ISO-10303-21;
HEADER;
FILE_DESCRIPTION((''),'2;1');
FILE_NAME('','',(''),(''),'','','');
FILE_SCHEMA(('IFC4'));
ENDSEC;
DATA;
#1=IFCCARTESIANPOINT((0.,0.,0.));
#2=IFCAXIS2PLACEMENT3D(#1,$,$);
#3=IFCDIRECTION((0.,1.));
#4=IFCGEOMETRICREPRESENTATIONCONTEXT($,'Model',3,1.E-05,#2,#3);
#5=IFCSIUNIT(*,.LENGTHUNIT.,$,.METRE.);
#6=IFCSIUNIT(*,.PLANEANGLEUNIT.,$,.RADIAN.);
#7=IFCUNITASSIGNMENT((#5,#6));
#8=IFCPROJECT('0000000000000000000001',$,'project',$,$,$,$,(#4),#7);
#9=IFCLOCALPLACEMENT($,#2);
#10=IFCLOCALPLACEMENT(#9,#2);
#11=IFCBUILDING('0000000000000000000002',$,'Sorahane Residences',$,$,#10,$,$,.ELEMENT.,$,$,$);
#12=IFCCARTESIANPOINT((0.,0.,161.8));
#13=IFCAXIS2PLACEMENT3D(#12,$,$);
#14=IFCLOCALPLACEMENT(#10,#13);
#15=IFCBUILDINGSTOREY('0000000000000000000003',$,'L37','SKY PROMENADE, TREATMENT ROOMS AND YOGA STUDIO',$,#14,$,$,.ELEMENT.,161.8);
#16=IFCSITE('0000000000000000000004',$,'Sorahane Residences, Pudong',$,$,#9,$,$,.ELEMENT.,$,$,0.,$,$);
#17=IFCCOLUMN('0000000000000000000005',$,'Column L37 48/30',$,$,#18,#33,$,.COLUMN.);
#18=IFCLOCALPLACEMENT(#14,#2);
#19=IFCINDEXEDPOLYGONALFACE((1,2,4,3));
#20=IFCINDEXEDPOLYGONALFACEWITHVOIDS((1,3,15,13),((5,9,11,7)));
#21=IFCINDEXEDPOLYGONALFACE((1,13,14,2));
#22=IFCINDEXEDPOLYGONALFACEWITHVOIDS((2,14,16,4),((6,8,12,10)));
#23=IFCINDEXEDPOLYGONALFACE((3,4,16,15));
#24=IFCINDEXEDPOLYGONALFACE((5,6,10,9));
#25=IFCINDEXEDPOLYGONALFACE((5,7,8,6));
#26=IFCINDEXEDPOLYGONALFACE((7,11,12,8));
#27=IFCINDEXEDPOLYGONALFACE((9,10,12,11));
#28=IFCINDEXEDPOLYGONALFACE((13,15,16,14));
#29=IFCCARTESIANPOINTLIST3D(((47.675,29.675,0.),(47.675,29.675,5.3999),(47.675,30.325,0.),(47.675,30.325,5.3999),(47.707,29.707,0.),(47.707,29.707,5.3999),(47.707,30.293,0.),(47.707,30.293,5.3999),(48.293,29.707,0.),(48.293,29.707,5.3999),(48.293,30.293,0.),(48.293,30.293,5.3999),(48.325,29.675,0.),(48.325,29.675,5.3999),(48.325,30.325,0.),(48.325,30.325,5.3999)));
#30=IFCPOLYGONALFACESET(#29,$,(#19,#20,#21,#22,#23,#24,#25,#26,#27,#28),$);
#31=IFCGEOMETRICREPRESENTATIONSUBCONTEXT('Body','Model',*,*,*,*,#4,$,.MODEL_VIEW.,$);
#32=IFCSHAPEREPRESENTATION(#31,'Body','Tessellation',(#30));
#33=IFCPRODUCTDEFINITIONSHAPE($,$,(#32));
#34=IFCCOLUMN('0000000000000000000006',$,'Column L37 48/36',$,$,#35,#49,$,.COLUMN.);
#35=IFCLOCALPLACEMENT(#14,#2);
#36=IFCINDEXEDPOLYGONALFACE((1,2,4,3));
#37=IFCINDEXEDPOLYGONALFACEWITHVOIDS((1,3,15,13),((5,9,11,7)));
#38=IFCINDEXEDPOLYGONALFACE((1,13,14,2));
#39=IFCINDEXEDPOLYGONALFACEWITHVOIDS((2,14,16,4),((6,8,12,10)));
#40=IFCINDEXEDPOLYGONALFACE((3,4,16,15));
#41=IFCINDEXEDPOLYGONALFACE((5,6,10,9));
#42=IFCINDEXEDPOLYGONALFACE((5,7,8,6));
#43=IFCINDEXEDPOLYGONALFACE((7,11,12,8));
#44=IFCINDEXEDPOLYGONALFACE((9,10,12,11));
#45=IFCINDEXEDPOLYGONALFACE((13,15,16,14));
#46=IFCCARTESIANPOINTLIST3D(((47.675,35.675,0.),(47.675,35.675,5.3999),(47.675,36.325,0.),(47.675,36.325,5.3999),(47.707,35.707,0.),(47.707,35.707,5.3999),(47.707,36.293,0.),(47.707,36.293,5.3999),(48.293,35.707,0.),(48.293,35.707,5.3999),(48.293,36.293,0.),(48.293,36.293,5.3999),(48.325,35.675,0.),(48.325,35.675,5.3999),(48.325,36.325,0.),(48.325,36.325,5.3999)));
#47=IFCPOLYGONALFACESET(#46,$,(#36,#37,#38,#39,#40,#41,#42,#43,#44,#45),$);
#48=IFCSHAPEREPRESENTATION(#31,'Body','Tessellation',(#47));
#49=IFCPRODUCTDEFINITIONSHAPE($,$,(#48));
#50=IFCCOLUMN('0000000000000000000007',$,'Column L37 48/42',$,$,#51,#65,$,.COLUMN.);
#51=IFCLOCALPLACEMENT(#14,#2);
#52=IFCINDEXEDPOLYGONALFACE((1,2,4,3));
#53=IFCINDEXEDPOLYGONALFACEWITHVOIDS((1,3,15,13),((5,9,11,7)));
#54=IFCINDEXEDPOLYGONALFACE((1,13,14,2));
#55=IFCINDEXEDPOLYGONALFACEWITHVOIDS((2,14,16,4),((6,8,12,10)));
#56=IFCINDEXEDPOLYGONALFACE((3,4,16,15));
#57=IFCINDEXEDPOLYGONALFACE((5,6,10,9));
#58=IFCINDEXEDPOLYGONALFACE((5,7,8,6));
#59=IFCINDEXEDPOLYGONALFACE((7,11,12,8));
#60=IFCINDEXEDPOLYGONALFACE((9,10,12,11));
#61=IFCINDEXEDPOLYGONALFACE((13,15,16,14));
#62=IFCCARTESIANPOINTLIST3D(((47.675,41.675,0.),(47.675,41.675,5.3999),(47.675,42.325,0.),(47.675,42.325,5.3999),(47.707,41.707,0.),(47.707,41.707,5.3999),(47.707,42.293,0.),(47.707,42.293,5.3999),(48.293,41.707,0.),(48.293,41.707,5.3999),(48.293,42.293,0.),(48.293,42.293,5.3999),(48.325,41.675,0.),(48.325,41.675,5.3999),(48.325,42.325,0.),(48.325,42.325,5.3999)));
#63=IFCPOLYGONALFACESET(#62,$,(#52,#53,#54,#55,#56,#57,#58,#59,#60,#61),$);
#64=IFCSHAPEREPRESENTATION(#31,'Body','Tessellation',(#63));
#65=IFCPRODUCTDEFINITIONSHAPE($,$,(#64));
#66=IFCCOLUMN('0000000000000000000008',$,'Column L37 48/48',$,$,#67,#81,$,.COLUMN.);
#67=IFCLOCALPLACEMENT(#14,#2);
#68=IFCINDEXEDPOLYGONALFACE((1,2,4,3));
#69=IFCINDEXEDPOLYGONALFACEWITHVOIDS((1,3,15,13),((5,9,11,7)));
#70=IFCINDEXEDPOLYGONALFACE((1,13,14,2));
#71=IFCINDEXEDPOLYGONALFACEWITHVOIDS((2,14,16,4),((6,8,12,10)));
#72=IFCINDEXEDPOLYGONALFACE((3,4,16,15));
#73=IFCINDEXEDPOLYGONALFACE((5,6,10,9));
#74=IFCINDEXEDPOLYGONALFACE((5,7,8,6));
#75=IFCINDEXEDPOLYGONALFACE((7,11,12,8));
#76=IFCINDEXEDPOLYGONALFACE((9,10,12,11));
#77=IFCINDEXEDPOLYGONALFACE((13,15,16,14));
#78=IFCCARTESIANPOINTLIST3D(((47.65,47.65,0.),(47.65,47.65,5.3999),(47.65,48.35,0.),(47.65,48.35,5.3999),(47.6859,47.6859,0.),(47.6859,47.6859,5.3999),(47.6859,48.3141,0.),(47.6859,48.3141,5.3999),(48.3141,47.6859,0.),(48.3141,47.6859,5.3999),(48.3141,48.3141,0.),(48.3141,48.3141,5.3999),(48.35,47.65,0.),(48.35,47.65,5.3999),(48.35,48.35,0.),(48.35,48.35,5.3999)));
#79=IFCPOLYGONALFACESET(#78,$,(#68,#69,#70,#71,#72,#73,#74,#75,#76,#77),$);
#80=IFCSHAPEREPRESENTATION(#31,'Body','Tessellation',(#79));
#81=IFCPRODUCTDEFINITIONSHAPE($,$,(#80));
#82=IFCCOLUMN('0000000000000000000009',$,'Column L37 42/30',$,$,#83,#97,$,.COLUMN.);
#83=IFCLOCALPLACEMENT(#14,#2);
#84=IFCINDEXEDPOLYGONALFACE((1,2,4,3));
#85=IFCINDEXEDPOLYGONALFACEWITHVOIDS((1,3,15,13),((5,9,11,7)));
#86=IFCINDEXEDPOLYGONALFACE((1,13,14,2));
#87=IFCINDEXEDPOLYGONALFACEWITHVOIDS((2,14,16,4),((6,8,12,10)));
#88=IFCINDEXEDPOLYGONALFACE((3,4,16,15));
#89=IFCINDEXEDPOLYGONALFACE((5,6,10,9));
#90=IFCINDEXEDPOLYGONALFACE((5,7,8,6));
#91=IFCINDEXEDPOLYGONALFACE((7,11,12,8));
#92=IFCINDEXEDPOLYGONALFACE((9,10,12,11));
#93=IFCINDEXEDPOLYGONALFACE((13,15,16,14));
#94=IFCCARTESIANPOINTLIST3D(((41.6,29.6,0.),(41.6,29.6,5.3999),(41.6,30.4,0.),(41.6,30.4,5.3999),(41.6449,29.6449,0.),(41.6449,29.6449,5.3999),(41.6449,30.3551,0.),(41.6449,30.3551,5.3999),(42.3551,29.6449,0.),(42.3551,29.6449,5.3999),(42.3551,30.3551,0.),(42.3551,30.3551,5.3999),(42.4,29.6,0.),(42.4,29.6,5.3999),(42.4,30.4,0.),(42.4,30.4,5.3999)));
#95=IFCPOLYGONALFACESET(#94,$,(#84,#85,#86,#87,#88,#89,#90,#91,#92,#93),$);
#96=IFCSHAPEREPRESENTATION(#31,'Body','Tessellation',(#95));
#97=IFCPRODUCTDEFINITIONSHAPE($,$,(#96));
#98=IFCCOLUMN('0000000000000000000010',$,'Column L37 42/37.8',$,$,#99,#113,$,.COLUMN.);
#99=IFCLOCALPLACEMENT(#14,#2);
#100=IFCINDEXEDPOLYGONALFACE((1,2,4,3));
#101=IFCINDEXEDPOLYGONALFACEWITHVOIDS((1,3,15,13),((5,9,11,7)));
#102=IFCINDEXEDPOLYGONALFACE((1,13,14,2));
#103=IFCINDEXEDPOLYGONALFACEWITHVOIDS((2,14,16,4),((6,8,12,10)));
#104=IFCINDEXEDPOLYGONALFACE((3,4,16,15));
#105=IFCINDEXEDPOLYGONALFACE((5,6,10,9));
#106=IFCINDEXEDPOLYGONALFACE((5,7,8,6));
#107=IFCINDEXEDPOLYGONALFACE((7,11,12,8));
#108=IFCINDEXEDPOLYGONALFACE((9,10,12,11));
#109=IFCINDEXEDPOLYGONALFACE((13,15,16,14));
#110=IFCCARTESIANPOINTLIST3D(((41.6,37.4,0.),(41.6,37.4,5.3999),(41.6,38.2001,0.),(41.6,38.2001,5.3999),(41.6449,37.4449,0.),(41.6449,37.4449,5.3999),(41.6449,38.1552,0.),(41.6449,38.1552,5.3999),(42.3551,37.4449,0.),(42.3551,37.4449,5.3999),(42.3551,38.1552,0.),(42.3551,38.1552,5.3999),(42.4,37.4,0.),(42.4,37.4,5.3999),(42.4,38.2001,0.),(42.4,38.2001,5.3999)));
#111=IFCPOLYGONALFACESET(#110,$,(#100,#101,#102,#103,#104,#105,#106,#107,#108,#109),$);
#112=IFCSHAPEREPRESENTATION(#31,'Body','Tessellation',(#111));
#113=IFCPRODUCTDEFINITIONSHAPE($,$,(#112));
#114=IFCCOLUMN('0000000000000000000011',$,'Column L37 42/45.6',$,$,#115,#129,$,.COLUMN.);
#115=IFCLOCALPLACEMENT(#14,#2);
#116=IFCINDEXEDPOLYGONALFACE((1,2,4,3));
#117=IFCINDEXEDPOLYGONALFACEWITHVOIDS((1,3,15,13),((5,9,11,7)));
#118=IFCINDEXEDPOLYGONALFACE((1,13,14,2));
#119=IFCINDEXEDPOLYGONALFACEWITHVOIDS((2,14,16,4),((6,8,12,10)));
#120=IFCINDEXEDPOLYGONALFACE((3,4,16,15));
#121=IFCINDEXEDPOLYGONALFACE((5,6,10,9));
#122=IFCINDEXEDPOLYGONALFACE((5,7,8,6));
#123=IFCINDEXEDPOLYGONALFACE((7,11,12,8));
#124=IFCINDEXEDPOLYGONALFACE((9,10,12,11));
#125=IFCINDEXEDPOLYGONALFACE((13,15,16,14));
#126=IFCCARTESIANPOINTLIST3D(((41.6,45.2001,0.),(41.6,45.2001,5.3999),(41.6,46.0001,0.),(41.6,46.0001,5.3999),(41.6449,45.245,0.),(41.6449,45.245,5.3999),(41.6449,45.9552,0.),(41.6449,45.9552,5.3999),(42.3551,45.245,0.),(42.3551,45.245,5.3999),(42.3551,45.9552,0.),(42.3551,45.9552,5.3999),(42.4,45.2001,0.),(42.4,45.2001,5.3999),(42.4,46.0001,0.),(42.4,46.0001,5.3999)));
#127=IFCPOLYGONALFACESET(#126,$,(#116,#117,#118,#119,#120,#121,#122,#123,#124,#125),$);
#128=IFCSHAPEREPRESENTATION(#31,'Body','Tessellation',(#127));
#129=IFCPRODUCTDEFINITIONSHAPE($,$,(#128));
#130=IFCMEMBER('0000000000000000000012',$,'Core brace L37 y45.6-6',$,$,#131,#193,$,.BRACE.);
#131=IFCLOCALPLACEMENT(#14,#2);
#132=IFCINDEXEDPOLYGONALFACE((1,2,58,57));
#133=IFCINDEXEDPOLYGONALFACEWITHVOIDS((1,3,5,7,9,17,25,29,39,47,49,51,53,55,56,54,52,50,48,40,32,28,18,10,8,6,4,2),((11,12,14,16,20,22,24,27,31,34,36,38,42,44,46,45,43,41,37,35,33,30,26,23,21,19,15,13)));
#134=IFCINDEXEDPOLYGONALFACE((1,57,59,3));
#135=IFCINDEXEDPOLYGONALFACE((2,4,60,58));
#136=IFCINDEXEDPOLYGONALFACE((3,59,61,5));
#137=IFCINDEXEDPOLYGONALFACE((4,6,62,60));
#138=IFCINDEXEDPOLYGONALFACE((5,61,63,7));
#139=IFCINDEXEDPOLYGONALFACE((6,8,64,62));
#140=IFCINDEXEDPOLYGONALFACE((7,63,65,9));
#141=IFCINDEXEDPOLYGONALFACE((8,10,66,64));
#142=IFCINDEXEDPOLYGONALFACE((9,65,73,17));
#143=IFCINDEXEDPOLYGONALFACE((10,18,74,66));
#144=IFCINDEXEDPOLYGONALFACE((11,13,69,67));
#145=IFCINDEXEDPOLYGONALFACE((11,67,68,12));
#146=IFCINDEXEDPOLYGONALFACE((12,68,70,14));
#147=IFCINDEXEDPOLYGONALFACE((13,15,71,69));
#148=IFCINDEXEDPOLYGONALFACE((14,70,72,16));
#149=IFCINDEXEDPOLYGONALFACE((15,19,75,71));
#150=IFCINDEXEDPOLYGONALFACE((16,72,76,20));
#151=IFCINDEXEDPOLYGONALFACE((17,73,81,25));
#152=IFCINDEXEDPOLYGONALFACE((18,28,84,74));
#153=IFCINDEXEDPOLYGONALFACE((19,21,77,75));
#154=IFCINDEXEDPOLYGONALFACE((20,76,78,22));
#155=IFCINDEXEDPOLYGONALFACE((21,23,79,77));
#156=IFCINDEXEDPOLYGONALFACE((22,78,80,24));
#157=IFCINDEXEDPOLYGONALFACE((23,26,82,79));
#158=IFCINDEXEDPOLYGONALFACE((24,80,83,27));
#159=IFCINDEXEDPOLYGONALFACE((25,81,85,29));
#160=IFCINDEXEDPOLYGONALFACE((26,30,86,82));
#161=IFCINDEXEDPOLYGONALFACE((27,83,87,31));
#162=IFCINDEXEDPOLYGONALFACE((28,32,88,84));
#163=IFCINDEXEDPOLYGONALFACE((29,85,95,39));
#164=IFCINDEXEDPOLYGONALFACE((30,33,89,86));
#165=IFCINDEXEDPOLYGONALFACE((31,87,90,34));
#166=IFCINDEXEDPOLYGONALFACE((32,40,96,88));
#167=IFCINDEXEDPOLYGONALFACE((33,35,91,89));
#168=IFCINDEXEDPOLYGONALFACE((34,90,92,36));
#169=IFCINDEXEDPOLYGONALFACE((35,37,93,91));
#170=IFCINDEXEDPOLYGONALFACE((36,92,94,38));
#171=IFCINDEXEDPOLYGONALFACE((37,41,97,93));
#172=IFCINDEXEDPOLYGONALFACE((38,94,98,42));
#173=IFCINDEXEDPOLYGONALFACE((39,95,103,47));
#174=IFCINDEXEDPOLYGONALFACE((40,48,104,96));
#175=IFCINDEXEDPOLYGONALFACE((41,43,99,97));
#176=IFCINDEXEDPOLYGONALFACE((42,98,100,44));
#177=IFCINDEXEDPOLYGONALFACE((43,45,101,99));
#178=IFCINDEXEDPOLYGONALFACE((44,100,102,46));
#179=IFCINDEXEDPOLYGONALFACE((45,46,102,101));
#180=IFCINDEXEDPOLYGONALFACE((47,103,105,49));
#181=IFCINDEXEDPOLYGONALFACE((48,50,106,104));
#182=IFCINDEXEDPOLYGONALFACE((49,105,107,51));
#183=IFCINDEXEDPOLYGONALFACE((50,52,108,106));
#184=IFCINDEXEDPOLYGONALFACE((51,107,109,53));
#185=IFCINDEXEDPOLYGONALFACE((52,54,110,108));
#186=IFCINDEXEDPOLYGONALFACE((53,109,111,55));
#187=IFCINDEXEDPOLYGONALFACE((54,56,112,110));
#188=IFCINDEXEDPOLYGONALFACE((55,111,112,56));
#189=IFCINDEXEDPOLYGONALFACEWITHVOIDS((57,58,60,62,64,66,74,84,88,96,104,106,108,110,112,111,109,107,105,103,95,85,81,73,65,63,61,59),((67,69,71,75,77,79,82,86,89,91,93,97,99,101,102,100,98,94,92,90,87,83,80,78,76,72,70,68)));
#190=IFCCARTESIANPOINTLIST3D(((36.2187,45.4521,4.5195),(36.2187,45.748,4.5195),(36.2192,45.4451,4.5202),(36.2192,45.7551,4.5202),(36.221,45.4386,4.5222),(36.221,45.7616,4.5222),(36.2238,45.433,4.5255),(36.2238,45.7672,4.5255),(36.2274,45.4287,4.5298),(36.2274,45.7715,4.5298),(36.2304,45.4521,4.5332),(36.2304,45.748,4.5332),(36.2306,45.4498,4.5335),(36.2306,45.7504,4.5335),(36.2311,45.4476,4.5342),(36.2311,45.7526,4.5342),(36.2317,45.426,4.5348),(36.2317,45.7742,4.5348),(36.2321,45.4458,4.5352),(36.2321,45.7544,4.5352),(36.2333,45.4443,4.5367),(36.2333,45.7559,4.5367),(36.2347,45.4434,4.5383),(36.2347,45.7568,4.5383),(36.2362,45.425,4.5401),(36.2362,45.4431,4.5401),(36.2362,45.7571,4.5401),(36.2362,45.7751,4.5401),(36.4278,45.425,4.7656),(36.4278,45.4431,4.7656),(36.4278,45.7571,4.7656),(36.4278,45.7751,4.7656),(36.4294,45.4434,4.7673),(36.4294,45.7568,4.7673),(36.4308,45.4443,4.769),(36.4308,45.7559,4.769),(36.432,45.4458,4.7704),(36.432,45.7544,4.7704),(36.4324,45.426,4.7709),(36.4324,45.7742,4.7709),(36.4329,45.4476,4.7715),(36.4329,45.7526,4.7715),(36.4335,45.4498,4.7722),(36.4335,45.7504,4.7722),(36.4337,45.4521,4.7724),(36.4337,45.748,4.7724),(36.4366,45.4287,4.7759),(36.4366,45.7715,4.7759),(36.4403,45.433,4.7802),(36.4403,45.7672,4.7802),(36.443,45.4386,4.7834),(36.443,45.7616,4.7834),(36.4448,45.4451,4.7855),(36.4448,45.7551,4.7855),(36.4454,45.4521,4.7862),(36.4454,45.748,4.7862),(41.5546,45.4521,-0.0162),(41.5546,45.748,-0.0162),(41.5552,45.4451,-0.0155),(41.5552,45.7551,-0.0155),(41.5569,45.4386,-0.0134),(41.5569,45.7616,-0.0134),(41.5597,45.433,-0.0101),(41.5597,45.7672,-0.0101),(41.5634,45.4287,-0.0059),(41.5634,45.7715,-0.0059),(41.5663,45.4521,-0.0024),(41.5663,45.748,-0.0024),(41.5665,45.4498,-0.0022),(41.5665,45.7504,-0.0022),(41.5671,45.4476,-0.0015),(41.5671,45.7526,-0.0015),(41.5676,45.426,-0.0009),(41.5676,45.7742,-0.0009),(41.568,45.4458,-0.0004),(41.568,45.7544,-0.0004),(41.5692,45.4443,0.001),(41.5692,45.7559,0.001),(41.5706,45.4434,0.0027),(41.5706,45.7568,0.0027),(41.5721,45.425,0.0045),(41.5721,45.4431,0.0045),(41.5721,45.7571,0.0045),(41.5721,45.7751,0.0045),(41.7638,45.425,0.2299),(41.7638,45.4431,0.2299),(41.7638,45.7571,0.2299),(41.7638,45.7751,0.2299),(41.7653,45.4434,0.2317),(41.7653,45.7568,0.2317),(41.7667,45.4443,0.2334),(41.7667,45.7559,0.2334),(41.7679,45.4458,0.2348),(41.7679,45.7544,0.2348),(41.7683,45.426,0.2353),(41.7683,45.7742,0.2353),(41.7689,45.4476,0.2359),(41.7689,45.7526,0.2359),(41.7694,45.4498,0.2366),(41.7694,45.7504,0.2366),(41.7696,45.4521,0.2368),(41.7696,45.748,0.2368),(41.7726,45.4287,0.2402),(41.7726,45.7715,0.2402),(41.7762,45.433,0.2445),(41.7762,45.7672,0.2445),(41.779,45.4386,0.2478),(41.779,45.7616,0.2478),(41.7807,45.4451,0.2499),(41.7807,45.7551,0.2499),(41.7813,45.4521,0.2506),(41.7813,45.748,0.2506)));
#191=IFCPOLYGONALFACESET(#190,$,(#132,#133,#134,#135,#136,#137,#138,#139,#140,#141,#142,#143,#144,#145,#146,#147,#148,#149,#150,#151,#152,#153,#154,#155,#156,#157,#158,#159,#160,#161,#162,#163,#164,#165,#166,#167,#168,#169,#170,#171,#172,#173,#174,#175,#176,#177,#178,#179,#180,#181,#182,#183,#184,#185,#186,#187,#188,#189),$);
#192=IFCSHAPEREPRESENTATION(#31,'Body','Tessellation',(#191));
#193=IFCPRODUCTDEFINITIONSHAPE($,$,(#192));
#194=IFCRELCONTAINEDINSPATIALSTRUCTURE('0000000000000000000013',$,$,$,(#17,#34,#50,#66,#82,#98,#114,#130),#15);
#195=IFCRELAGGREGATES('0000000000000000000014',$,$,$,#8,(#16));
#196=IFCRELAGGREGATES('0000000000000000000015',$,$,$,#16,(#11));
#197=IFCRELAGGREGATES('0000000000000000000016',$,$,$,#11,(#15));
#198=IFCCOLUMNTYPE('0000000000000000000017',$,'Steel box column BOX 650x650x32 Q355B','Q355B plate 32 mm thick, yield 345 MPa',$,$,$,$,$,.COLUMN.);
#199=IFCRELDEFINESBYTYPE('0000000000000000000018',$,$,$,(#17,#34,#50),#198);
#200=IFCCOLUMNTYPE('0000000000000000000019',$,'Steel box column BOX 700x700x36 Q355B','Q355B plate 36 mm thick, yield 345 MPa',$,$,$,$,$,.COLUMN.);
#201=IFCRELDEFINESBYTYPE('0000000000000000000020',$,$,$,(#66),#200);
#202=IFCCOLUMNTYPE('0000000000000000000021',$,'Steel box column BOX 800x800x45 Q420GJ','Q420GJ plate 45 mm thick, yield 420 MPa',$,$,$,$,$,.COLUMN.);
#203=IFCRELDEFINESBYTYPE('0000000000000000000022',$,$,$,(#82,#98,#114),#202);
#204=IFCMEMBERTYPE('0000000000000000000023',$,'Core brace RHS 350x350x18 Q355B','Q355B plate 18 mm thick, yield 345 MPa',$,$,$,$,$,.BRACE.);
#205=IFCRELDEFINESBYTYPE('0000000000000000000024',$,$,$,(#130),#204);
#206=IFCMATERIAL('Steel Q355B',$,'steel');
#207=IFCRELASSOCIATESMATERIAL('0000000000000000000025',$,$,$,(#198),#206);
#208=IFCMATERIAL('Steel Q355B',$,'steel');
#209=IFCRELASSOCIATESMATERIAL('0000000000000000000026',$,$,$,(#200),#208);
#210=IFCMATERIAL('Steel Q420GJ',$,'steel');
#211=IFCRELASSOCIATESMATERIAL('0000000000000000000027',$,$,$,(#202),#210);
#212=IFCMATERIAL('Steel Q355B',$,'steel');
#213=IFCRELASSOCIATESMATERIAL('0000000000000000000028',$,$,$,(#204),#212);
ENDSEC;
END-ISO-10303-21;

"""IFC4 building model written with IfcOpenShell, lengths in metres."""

from ifc_helpers import new_model, si_unit, direction, frame, origin, origin_2d, place, context, subcontext, project, spatial, hollow_rectangle, extrude, material, material_profile, profile_set, type_object, element, save


model = new_model("IFC4")

# Units and contexts
model_context = context("Model", 3, precision=1e-05, world=origin(), true_north=direction((0.0, 1.0)))
body_context = subcontext(model_context, "Body", "Model", "MODEL_VIEW")
ifc_project = project(units=[si_unit("LENGTHUNIT", "METRE"), si_unit("PLANEANGLEUNIT", "RADIAN")], contexts=[model_context])

# Site, building, storey
site_placement = place(None, origin())
site = spatial("IfcSite", under=ifc_project, at=site_placement, Name="Sorahane Residences, Pudong", CompositionType="ELEMENT", RefElevation=0.0)
building_placement = place(site_placement, origin())
building = spatial("IfcBuilding", under=site, at=building_placement, Name="Sorahane Residences", CompositionType="ELEMENT")
storey_placement = place(building_placement, frame((0.0, 0.0, 161.8)))
storey = spatial("IfcBuildingStorey", under=building, at=storey_placement, Name="L37", Description="SKY PROMENADE, TREATMENT ROOMS AND YOGA STUDIO", CompositionType="ELEMENT", Elevation=161.8)

# Columns
ifc_material_1 = material(Name="Steel Q355B", Category="steel")
ifc_material_profile_1 = material_profile(ifc_material_1, hollow_rectangle(XDim=0.6499, YDim=0.6499, WallThickness=0.032, at=origin_2d()), Name="BOX 650x650x32")
ifc_profile_set_1 = profile_set([ifc_material_profile_1], Name="Steel Q355B")
column_type_1 = type_object("IfcColumnType", Name="Steel box column BOX 650x650x32 Q355B", Description="Q355B plate 32 mm thick, yield 345 MPa", PredefinedType="COLUMN", material=ifc_profile_set_1)
for number, where, z_axis, x_axis, name in (
    (1, (48.0, 30.0, 0.0), (0.0, 0.0, 1.0), (1.0, 0.0, 0.0), "Column L37 48/30"),
    (2, (48.0, 36.0, 0.0), (0.0, 0.0, 1.0), (1.0, 0.0, 0.0), "Column L37 48/36"),
    (3, (48.0, 42.0, 0.0), (0.0, 0.0, 1.0), (1.0, 0.0, 0.0), "Column L37 48/42"),
):
    element("IfcColumn", number, at=place(storey_placement, frame(where, z_axis=z_axis, x_axis=x_axis)), inside=storey, type_object=column_type_1, Name=name, PredefinedType="COLUMN", context=body_context, shape_type="SweptSolid", body=[
        extrude(hollow_rectangle(XDim=0.6499, YDim=0.6499, WallThickness=0.032, at=origin_2d()), origin(), (0.0, 0.0, 1.0), 5.3999),
    ])
ifc_material_2 = material(Name="Steel Q355B", Category="steel")
ifc_material_profile_2 = material_profile(ifc_material_2, hollow_rectangle(XDim=0.7, YDim=0.7, WallThickness=0.0359, at=origin_2d()), Name="BOX 700x700x36")
ifc_profile_set_2 = profile_set([ifc_material_profile_2], Name="Steel Q355B")
column_type_2 = type_object("IfcColumnType", Name="Steel box column BOX 700x700x36 Q355B", Description="Q355B plate 36 mm thick, yield 345 MPa", PredefinedType="COLUMN", material=ifc_profile_set_2)
column_placement = place(storey_placement, frame((48.0, 48.0, 0.0), z_axis=(0.0, 0.0, 1.0), x_axis=(1.0, 0.0, 0.0)))
element("IfcColumn", 4, at=column_placement, inside=storey, type_object=column_type_2, Name="Column L37 48/48", PredefinedType="COLUMN", context=body_context, shape_type="SweptSolid", body=[
    extrude(hollow_rectangle(XDim=0.7, YDim=0.7, WallThickness=0.0359, at=origin_2d()), origin(), (0.0, 0.0, 1.0), 5.3999),
])
ifc_material_3 = material(Name="Steel Q420GJ", Category="steel")
ifc_material_profile_3 = material_profile(ifc_material_3, hollow_rectangle(XDim=0.8, YDim=0.8, WallThickness=0.0449, at=origin_2d()), Name="BOX 800x800x45")
ifc_profile_set_3 = profile_set([ifc_material_profile_3], Name="Steel Q420GJ")
column_type_3 = type_object("IfcColumnType", Name="Steel box column BOX 800x800x45 Q420GJ", Description="Q420GJ plate 45 mm thick, yield 420 MPa", PredefinedType="COLUMN", material=ifc_profile_set_3)
for number, where, z_axis, x_axis, name in (
    (5, (42.0, 30.0, 0.0), (0.0, 0.0, 1.0), (1.0, 0.0, 0.0), "Column L37 42/30"),
    (6, (42.0, 37.8, 0.0), (0.0, 0.0, 1.0), (1.0, 0.0, 0.0), "Column L37 42/37.8"),
    (7, (42.0, 45.6001, 0.0), (0.0, 0.0, 1.0), (1.0, 0.0, 0.0), "Column L37 42/45.6"),
):
    element("IfcColumn", number, at=place(storey_placement, frame(where, z_axis=z_axis, x_axis=x_axis)), inside=storey, type_object=column_type_3, Name=name, PredefinedType="COLUMN", context=body_context, shape_type="SweptSolid", body=[
        extrude(hollow_rectangle(XDim=0.8, YDim=0.8, WallThickness=0.0449, at=origin_2d()), origin(), (0.0, 0.0, 1.0), 5.3999),
    ])

# Member
ifc_material_4 = material(Name="Steel Q355B", Category="steel")
ifc_material_profile_4 = material_profile(ifc_material_4, hollow_rectangle(XDim=0.3501, YDim=0.3501, WallThickness=0.0181, InnerFilletRadius=0.009, OuterFilletRadius=0.0271, at=origin_2d()), Name="RHS 350x350x18")
ifc_profile_set_4 = profile_set([ifc_material_profile_4], Name="Steel Q355B")
member_type_1 = type_object("IfcMemberType", Name="Core brace RHS 350x350x18 Q355B", Description="Q355B plate 18 mm thick, yield 345 MPa", PredefinedType="BRACE", material=ifc_profile_set_4)
member_1_placement = place(storey_placement, frame((41.668, 45.6001, 0.1172), z_axis=(-0.761932, 0.0, 0.647657), x_axis=(0.0, -1.0, 0.0)))
element("IfcMember", 8, at=member_1_placement, inside=storey, type_object=member_type_1, Name="Core brace L37 y45.6-6", PredefinedType="BRACE", context=body_context, shape_type="SweptSolid", body=[
    extrude(hollow_rectangle(XDim=0.3501, YDim=0.3501, WallThickness=0.0181, InnerFilletRadius=0.009, OuterFilletRadius=0.0271, at=origin_2d()), origin(), (0.0, 0.0, 1.0), 7.0032),
])

save(model, "model.ifc")
